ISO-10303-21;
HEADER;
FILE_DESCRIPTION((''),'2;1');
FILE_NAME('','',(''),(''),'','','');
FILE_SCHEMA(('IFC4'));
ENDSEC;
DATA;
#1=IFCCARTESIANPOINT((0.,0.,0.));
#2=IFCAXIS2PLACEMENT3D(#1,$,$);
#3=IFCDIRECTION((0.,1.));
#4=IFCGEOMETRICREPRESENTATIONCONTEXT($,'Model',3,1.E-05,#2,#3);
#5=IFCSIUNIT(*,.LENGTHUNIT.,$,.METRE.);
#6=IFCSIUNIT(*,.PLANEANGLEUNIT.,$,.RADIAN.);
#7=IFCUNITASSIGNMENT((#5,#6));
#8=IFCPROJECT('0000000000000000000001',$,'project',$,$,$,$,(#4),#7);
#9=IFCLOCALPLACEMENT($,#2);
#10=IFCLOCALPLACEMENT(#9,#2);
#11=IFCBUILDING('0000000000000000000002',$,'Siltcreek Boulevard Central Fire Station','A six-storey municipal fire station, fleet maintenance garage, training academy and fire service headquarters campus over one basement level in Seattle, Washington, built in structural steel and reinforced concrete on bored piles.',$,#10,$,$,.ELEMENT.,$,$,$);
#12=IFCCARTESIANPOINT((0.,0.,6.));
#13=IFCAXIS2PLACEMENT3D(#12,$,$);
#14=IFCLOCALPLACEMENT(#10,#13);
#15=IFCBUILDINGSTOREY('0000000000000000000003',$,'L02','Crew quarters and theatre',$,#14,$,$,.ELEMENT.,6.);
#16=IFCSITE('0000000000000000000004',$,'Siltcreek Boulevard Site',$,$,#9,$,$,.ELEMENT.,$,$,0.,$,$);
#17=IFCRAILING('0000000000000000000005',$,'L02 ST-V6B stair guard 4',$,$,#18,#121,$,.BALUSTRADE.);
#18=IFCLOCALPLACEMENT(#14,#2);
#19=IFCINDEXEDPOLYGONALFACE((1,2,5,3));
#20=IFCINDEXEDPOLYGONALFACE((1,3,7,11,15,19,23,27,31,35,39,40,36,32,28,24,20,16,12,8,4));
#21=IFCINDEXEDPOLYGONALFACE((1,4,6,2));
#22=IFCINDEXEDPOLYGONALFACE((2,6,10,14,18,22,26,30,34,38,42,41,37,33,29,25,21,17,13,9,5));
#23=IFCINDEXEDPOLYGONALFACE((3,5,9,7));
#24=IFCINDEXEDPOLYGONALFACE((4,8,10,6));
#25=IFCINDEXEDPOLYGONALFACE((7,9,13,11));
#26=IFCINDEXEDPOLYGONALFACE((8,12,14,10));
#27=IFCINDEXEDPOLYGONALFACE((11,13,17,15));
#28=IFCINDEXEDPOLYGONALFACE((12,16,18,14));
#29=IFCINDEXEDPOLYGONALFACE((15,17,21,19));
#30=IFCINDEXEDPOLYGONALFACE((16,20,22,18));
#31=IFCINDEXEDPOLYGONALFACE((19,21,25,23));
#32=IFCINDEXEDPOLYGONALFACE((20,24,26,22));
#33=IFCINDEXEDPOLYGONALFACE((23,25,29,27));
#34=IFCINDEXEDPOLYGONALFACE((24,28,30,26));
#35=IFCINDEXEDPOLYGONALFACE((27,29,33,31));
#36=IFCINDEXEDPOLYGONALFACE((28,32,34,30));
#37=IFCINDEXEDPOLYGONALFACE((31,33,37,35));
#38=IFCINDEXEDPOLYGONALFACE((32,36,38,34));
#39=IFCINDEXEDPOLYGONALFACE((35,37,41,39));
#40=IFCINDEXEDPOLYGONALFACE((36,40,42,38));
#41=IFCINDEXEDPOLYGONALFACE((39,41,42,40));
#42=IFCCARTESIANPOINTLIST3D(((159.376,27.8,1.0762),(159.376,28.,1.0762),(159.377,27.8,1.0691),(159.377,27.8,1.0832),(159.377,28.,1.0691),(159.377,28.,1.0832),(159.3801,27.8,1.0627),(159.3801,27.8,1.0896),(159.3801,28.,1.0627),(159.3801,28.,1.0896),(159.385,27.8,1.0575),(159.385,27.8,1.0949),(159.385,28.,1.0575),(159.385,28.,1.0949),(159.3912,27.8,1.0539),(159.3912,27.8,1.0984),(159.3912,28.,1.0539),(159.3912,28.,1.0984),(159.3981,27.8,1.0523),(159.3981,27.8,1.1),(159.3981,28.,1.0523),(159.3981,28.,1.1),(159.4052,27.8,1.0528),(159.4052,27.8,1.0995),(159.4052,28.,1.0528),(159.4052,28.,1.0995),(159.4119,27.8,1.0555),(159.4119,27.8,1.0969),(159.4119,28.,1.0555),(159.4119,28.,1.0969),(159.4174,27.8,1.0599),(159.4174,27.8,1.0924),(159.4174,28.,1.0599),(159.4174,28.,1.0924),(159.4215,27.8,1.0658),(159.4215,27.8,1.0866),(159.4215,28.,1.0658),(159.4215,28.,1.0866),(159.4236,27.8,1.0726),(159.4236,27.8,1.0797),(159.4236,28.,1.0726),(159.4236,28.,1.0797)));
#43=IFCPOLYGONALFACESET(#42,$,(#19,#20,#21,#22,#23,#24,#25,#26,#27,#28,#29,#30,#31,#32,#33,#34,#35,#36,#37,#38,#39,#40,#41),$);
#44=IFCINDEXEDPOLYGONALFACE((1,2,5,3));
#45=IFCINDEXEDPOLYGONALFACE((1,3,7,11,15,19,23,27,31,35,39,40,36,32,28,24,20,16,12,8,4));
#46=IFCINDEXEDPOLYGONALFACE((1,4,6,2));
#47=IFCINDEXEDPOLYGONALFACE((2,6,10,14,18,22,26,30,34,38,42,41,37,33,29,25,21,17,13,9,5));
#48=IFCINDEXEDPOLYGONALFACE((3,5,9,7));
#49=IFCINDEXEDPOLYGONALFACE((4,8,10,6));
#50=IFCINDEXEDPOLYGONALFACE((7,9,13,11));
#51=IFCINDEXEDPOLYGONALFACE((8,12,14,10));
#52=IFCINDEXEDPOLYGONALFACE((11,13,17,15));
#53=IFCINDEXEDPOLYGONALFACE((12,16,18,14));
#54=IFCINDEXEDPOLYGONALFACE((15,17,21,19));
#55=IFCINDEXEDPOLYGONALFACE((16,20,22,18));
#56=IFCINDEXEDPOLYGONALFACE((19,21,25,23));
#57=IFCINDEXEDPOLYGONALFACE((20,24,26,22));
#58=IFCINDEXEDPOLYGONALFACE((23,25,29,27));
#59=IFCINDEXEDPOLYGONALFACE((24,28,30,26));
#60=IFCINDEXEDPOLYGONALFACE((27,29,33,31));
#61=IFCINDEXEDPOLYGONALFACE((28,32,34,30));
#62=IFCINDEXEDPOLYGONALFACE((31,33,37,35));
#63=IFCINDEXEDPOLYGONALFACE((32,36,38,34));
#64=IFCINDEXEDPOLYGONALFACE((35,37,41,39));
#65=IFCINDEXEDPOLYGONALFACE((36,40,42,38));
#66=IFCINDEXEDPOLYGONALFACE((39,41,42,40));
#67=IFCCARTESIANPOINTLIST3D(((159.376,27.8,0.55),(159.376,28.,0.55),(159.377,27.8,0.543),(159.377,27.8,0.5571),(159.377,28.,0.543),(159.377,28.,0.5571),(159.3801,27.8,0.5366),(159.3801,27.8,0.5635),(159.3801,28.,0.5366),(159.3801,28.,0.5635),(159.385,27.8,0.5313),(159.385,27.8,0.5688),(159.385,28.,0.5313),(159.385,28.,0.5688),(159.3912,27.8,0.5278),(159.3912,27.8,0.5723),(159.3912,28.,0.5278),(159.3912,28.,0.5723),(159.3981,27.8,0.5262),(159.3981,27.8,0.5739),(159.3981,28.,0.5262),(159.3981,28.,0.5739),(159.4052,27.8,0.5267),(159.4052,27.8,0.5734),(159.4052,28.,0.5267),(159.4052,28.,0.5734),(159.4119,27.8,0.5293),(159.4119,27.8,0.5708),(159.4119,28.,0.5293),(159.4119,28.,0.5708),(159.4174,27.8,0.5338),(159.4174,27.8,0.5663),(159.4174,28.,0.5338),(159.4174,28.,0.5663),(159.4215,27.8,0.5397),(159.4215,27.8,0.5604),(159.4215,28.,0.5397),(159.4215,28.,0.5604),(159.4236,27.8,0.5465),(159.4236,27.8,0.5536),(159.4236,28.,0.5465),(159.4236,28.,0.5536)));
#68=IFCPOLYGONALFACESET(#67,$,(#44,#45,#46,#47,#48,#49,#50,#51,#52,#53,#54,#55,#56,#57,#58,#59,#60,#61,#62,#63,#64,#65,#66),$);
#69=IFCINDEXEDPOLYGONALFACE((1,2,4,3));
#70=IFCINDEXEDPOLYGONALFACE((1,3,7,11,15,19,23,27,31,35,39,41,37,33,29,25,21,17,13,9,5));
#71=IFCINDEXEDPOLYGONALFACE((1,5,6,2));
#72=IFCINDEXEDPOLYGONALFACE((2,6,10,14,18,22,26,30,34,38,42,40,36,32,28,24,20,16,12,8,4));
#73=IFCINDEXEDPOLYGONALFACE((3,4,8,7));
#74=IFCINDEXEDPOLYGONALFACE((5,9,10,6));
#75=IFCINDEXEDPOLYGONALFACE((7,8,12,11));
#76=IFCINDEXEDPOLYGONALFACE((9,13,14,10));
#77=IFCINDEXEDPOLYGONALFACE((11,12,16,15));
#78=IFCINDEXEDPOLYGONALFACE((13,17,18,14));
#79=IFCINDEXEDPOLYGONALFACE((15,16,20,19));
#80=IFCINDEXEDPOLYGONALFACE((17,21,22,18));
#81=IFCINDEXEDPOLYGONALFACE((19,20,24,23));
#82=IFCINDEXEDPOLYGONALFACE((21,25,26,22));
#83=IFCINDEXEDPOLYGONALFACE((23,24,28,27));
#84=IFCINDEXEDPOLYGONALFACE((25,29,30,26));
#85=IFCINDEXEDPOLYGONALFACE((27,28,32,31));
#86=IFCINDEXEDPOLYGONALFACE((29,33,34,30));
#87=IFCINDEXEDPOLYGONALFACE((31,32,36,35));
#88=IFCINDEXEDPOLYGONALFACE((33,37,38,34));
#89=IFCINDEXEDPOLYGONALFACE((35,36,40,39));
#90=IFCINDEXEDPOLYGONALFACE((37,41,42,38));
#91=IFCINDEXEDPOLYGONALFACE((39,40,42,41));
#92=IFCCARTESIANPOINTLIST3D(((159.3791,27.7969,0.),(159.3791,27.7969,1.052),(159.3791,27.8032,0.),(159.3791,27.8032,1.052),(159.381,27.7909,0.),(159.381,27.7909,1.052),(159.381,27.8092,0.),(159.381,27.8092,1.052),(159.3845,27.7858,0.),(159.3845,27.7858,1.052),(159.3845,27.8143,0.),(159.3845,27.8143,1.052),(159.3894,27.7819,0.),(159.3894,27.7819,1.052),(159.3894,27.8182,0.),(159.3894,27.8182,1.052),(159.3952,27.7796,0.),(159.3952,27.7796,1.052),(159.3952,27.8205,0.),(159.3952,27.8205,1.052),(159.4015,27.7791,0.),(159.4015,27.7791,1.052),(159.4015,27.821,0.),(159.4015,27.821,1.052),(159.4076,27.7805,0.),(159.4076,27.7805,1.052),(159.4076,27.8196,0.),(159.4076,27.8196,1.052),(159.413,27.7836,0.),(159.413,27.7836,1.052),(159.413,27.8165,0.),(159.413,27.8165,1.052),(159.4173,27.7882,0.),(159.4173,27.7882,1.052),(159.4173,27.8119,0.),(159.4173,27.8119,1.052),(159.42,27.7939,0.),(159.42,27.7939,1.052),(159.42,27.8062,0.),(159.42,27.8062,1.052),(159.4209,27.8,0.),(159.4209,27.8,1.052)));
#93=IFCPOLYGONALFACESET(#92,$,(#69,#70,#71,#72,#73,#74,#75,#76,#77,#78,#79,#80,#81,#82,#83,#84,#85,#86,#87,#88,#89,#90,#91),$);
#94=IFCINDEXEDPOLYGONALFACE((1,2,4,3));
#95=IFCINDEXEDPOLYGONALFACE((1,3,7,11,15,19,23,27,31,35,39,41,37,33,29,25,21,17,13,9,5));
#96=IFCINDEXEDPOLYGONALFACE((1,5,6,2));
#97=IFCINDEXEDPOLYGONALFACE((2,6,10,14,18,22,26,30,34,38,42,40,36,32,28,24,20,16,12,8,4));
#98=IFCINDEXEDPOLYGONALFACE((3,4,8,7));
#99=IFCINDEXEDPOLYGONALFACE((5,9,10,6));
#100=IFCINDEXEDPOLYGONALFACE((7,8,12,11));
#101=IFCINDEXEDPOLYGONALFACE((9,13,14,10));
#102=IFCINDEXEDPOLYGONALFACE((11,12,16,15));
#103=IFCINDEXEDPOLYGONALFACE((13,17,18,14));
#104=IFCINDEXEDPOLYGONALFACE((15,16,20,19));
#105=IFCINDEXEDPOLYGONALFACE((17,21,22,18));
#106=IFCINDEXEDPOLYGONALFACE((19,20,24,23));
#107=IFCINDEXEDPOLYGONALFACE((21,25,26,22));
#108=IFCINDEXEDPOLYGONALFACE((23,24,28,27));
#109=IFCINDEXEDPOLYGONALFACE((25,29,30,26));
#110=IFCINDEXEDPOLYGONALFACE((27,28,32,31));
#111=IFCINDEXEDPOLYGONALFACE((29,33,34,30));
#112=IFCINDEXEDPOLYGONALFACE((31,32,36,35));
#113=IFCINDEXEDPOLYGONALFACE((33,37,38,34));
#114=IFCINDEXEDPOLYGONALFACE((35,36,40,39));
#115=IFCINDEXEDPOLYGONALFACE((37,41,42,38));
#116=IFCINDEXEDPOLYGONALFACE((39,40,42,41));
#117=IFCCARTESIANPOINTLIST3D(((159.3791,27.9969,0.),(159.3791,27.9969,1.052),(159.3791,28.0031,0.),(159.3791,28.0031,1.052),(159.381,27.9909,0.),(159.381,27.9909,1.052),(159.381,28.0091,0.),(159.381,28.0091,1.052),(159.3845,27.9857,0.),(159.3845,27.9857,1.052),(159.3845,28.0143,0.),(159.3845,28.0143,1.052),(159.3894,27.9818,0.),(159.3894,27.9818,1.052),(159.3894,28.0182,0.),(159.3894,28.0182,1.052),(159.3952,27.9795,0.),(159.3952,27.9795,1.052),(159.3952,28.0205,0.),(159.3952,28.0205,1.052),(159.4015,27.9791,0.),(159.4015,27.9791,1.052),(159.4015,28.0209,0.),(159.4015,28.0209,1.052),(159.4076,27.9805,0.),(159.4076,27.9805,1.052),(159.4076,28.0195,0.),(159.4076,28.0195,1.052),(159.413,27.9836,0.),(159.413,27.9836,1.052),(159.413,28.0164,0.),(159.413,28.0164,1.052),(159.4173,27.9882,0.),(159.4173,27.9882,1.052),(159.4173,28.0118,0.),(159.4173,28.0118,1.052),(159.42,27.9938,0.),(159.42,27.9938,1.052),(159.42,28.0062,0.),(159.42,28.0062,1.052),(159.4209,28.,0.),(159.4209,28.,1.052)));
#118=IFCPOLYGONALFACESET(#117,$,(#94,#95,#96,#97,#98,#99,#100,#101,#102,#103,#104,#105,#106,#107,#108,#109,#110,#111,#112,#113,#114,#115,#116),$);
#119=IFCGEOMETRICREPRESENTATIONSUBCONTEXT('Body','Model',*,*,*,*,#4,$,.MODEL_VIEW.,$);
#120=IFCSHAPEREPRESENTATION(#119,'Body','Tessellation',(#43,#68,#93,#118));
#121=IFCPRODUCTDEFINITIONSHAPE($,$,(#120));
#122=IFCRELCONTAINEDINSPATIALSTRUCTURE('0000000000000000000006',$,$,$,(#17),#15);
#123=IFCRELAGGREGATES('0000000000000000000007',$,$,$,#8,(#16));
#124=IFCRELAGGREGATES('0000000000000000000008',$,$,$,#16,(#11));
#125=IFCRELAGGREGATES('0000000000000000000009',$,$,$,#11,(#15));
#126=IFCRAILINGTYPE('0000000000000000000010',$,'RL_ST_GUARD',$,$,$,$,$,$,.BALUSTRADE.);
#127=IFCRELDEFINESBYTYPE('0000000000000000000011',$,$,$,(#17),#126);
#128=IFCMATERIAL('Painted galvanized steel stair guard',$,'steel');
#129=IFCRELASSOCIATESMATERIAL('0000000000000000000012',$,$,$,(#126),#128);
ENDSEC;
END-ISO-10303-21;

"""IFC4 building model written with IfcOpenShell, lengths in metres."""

from ifc_helpers import new_model, si_unit, direction, frame, origin, origin_2d, place, context, subcontext, project, spatial, circle, extrude, material, type_object, element, save


model = new_model("IFC4")

# Units and contexts
model_context = context("Model", 3, precision=1e-05, world=origin(), true_north=direction((0.0, 1.0)))
body_context = subcontext(model_context, "Body", "Model", "MODEL_VIEW")
ifc_project = project(units=[si_unit("LENGTHUNIT", "METRE"), si_unit("PLANEANGLEUNIT", "RADIAN")], contexts=[model_context])

# Site, building, storey
site_placement = place(None, origin())
site = spatial("IfcSite", under=ifc_project, at=site_placement, Name="Siltcreek Boulevard Site", CompositionType="ELEMENT", RefElevation=0.0)
building_placement = place(site_placement, origin())
building = spatial("IfcBuilding", under=site, at=building_placement, Name="Siltcreek Boulevard Central Fire Station", Description="A six-storey municipal fire station, fleet maintenance garage, training academy and fire service headquarters campus over one basement level in Seattle, Washington, built in structural steel and reinforced concrete on bored piles.", CompositionType="ELEMENT")
storey_placement = place(building_placement, frame((0.0, 0.0, 6.0)))
storey = spatial("IfcBuildingStorey", under=building, at=storey_placement, Name="L02", Description="Crew quarters and theatre", CompositionType="ELEMENT", Elevation=6.0)

# Railing
ifc_material_1 = material(Name="Painted galvanized steel stair guard", Category="steel")
railing_type_1 = type_object("IfcRailingType", Name="RL_ST_GUARD", PredefinedType="BALUSTRADE", material=ifc_material_1)
railing_1_placement = place(storey_placement, frame((159.3999, 27.8, 0.0)))
element("IfcRailing", 1, at=railing_1_placement, inside=storey, type_object=railing_type_1, Name="L02 ST-V6B stair guard 4", PredefinedType="BALUSTRADE", context=body_context, shape_type="SweptSolid", body=[
    extrude(circle(Radius=0.0239, at=origin_2d()), frame((0.0, 0.0, 1.0762), z_axis=(0.0, 1.0, 0.0), x_axis=(-1.0, 0.0, 0.0)), (0.0, 0.0, 1.0), 0.2),
    extrude(circle(Radius=0.0239, at=origin_2d()), frame((0.0, 0.0, 0.55), z_axis=(0.0, 1.0, 0.0), x_axis=(-1.0, 0.0, 0.0)), (0.0, 0.0, 1.0), 0.2),
    extrude(circle(Radius=0.021, at=origin_2d()), origin(), (0.0, 0.0, 1.0), 1.052),
    extrude(circle(Radius=0.021, at=origin_2d()), frame((0.0, 0.2, 0.0)), (0.0, 0.0, 1.0), 1.052),
])

save(model, "model.ifc")
